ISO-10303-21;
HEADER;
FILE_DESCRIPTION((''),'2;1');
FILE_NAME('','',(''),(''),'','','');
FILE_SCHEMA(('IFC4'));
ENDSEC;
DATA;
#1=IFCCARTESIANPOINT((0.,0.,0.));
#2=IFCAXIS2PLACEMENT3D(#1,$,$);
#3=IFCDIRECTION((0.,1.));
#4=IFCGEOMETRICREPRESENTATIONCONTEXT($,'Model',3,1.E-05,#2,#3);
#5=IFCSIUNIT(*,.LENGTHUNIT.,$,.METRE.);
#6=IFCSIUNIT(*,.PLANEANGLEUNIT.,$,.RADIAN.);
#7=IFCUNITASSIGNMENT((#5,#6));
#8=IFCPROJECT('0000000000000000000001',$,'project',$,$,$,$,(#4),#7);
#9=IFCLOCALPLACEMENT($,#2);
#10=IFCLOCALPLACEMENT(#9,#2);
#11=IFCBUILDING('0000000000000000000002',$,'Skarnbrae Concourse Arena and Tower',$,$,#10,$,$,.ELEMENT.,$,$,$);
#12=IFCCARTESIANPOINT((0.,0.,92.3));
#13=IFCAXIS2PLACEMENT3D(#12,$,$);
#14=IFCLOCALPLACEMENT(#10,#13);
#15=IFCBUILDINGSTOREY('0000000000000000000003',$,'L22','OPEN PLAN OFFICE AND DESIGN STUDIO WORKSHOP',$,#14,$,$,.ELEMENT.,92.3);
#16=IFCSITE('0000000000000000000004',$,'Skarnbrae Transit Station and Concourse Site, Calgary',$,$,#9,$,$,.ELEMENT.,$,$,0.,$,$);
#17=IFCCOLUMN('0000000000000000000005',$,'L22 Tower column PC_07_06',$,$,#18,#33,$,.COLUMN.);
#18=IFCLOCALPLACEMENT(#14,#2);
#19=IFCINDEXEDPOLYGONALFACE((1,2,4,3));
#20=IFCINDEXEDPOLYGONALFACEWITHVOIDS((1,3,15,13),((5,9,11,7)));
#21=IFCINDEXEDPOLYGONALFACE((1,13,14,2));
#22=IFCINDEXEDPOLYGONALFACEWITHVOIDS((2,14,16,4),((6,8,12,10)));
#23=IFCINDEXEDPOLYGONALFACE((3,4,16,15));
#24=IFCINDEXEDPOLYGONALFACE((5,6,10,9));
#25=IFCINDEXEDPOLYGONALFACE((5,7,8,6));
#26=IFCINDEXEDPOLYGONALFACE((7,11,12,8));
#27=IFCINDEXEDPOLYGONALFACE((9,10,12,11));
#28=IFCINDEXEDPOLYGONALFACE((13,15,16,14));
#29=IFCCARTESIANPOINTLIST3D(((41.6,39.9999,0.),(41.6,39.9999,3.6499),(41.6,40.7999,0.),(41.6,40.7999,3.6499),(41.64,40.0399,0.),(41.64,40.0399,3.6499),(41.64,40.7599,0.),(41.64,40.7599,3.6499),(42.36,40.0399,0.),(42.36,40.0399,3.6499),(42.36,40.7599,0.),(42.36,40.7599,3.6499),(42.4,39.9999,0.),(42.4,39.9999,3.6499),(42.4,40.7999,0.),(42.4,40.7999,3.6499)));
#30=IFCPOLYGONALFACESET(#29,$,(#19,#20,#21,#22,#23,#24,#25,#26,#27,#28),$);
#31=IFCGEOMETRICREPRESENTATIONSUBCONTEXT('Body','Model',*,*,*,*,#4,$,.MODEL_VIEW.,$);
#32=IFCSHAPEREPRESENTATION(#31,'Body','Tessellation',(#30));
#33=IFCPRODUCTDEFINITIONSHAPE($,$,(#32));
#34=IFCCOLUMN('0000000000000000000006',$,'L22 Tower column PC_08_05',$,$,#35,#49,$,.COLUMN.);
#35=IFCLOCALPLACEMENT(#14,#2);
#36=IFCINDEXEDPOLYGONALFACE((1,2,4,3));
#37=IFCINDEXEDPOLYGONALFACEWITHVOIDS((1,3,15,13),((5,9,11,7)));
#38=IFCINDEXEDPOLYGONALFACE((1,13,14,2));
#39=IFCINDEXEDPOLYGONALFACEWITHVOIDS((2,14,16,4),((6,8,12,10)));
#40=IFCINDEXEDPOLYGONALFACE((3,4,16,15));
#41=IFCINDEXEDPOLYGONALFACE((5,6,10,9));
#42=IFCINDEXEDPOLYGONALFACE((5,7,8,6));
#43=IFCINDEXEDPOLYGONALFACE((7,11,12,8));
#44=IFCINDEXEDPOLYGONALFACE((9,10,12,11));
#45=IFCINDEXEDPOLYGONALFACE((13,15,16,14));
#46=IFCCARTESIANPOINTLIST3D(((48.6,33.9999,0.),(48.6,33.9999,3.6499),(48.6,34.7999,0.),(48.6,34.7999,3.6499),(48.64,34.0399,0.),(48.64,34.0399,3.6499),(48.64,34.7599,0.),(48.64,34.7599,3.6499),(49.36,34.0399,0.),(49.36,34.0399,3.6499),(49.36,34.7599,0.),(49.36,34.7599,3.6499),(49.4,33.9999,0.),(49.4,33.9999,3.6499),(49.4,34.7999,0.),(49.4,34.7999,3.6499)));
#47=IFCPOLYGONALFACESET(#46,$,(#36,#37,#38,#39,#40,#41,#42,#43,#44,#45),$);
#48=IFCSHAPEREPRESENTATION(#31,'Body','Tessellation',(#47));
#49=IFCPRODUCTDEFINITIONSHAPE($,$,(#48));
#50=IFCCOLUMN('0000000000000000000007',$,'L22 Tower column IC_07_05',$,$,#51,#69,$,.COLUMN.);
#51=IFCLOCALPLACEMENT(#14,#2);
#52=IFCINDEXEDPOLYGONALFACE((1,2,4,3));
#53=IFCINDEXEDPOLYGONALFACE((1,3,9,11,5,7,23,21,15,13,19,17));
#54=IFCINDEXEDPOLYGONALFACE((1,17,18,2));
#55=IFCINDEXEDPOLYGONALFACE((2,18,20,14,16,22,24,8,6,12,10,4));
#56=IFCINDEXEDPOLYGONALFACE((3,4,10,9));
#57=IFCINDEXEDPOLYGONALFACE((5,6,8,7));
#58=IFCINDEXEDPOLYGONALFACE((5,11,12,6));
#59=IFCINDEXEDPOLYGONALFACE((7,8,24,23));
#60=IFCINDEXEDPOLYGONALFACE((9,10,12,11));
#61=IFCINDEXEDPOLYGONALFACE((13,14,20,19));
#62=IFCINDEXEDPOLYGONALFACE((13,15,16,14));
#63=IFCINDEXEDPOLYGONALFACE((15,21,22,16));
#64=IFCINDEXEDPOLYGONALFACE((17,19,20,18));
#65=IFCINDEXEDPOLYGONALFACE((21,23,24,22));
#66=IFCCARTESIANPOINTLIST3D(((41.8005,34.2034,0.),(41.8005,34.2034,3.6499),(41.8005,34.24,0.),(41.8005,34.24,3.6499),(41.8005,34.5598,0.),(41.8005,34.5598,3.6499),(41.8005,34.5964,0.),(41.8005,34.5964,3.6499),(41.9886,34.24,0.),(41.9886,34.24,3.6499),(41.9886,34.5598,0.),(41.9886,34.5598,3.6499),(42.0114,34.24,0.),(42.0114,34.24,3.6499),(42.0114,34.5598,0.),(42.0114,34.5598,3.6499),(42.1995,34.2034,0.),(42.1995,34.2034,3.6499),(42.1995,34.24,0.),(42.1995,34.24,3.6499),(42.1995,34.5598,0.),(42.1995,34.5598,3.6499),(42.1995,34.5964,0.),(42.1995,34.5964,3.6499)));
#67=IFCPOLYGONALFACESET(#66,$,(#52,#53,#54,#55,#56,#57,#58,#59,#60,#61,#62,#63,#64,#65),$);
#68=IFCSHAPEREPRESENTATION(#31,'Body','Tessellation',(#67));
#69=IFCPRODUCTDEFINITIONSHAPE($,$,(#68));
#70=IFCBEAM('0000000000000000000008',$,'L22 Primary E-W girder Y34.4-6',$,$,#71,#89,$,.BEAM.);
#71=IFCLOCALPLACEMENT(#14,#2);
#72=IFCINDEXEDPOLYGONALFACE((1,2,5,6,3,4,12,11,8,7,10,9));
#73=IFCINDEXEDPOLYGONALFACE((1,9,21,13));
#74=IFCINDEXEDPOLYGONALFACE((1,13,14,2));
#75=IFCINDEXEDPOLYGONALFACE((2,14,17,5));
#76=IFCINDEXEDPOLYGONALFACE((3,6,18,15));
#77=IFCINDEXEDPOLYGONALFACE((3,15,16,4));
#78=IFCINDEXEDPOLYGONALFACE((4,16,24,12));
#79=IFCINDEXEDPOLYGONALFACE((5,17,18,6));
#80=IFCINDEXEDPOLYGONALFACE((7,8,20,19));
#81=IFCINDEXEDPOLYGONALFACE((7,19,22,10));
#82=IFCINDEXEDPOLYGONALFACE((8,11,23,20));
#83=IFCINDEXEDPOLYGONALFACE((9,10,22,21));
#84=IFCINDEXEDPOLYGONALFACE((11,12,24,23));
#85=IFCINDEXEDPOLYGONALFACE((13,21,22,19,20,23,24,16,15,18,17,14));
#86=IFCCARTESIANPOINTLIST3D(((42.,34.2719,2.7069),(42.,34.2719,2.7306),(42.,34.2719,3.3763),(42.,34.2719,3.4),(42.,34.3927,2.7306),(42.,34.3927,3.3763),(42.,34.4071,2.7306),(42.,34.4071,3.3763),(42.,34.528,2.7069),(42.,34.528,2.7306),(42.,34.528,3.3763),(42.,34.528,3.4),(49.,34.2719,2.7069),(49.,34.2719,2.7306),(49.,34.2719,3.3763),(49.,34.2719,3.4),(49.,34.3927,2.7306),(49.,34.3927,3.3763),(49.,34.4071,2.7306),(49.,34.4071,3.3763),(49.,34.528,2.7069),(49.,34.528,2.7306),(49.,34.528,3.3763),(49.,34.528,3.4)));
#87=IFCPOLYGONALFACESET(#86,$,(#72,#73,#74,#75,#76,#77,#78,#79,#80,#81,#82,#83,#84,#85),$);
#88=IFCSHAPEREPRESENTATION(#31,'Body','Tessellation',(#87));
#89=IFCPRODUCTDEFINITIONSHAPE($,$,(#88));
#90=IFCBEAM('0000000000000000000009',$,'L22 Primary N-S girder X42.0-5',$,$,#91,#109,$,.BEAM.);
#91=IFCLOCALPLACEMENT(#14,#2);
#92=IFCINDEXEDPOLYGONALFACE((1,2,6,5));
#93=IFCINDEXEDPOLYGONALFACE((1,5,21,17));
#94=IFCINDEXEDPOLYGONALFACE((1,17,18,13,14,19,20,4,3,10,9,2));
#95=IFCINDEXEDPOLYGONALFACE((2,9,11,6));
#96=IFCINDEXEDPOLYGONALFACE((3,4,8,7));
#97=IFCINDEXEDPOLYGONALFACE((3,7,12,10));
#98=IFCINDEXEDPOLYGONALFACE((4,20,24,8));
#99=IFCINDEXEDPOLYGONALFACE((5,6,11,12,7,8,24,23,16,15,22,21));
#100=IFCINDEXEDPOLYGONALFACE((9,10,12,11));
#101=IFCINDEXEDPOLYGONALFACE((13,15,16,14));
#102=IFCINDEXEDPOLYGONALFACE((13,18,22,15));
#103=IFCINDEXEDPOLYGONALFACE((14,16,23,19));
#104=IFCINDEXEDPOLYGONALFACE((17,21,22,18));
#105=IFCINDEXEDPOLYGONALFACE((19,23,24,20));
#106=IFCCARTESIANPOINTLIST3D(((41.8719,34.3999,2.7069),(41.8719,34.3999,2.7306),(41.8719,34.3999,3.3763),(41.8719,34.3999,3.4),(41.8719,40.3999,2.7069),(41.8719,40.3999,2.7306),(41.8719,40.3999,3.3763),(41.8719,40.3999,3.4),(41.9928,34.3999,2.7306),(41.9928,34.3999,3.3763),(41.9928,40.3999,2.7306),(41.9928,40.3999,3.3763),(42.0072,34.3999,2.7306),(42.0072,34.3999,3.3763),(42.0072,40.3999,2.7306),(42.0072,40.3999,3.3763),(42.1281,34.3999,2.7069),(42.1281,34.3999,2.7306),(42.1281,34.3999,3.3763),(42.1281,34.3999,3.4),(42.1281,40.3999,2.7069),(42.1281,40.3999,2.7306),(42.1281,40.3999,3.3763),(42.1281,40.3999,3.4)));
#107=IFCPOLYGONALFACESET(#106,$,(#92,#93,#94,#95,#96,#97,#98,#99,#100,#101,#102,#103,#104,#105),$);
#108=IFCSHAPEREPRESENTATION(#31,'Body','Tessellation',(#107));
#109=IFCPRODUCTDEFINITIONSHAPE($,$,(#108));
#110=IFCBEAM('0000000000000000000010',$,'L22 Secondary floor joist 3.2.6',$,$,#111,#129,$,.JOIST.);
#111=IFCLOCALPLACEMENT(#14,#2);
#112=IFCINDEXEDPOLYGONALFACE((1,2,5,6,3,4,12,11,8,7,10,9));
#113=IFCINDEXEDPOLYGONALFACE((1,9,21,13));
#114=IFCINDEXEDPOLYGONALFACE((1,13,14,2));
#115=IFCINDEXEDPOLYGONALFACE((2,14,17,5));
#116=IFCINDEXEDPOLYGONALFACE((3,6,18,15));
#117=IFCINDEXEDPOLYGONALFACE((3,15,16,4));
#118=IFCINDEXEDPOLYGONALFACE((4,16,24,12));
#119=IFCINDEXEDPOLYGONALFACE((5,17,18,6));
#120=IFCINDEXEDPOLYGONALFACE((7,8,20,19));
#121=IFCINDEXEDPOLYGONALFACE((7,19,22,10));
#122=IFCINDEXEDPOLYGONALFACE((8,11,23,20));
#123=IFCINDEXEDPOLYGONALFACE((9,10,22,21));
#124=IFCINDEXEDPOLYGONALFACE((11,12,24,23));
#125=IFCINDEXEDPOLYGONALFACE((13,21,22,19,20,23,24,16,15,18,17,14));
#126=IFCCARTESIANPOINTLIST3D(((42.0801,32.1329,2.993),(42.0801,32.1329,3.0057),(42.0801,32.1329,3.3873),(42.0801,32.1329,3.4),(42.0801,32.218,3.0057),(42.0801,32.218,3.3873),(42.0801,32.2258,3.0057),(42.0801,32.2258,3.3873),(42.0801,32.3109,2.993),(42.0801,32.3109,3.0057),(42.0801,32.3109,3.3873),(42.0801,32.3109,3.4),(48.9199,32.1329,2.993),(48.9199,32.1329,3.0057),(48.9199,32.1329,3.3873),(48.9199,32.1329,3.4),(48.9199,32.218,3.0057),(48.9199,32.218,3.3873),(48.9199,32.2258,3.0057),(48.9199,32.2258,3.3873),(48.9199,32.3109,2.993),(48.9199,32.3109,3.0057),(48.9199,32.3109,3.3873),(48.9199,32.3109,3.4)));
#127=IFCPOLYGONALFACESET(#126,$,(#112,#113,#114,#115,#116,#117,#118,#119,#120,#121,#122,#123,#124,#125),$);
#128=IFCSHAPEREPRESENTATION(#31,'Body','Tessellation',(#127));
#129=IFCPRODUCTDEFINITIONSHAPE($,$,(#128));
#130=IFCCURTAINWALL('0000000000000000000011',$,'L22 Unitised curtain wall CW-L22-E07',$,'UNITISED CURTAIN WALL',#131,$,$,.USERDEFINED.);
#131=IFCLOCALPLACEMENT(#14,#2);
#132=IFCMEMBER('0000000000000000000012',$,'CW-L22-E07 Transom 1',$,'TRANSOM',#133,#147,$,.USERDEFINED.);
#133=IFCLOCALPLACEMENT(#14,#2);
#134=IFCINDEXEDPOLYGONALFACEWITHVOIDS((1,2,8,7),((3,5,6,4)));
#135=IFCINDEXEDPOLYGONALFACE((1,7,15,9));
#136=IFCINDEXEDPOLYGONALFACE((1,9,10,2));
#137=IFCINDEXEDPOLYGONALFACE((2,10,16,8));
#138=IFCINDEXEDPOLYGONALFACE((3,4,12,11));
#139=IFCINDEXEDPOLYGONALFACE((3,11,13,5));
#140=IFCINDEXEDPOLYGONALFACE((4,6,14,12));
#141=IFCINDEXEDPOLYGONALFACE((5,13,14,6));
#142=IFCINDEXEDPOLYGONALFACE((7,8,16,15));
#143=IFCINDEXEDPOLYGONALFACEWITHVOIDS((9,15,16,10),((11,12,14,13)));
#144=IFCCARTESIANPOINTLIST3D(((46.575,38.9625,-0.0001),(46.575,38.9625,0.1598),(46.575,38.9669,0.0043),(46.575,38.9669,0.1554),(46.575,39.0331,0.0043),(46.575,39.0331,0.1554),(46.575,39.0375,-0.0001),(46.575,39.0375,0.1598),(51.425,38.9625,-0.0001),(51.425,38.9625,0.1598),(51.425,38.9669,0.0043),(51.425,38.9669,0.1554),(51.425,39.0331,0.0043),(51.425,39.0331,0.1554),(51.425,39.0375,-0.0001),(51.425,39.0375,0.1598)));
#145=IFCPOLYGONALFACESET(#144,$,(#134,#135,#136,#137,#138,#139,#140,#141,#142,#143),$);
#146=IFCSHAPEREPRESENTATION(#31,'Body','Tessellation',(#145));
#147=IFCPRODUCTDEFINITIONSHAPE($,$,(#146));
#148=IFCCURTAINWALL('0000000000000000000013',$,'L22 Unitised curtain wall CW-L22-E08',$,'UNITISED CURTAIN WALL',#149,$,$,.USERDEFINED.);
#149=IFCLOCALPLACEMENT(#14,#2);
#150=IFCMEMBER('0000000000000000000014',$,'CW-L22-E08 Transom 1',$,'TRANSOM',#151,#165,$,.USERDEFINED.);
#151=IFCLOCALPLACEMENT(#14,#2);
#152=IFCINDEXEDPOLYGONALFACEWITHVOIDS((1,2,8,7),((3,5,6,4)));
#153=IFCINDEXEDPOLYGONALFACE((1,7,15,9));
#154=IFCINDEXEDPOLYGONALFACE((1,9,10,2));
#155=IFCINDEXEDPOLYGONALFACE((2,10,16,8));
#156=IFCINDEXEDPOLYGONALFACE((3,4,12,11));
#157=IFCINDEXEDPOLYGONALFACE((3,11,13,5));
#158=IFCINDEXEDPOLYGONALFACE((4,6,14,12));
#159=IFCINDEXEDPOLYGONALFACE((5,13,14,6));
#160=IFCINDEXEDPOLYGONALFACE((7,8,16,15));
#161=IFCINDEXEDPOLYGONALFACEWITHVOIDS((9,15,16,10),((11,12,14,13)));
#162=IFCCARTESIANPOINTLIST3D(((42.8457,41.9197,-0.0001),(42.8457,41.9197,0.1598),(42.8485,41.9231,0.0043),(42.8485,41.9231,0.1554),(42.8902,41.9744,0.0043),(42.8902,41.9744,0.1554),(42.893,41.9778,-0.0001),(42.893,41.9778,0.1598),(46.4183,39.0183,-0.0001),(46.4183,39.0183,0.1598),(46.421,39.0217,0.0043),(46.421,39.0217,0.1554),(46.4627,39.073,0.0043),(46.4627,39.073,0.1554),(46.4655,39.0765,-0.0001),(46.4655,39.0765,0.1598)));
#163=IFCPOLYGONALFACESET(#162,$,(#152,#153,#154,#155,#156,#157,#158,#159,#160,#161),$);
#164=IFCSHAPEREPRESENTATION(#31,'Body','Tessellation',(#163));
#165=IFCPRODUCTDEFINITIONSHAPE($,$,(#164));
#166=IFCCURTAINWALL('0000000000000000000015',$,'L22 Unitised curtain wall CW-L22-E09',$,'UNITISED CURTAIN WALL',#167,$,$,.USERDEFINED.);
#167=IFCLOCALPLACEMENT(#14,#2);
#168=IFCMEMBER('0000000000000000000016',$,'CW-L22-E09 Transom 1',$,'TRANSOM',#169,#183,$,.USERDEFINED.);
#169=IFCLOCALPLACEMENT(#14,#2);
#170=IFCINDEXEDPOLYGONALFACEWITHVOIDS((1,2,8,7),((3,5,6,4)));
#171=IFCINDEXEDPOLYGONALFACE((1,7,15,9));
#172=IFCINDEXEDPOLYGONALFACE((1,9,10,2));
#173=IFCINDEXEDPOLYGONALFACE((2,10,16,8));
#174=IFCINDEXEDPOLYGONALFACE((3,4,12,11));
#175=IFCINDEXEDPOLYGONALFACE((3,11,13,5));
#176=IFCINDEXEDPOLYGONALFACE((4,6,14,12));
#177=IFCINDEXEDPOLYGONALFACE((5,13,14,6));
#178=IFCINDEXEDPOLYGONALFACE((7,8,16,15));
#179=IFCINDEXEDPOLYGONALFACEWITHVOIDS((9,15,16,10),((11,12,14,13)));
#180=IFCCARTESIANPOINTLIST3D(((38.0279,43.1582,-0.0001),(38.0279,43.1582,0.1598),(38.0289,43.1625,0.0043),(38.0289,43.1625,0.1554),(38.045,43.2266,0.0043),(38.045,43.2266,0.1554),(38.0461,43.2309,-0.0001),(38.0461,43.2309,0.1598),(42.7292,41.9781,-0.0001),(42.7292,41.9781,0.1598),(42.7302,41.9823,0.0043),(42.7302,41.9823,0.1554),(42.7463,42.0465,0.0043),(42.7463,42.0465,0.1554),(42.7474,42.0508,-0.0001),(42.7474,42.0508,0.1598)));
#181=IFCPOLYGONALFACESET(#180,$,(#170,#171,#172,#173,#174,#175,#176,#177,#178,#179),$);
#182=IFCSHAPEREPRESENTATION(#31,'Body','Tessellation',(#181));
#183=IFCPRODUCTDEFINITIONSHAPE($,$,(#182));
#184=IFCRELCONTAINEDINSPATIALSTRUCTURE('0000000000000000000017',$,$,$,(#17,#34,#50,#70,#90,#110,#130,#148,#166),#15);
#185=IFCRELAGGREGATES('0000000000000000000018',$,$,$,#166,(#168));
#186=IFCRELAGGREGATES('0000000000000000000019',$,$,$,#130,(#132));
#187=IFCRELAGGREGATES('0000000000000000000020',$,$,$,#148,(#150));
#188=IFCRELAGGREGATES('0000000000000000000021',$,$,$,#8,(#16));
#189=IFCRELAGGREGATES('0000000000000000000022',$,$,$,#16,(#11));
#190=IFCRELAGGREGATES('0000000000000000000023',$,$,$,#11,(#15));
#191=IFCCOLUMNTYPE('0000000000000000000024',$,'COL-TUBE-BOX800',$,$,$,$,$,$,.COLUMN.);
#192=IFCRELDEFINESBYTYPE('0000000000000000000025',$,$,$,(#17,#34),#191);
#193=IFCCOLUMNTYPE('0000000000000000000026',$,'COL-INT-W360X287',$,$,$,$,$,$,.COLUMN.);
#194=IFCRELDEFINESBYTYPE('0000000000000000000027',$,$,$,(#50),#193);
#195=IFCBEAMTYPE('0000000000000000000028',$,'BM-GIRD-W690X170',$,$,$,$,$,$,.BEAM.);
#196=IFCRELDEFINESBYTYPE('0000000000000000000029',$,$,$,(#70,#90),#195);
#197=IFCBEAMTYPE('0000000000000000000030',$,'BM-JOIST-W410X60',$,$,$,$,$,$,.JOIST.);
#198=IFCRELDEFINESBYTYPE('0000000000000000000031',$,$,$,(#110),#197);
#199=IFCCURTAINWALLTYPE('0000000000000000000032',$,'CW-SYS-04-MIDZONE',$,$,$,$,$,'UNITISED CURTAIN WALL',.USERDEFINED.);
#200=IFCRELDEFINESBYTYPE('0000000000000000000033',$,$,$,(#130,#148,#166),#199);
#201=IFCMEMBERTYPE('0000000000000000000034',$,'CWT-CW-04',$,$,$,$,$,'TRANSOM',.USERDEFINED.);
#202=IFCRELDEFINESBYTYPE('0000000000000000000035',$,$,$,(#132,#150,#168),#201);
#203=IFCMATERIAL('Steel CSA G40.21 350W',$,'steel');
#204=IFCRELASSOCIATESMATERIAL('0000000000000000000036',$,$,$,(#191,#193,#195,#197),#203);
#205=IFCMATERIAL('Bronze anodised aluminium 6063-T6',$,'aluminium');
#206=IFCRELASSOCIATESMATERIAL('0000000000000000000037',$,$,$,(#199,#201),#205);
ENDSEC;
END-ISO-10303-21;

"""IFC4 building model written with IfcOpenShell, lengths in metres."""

from ifc_helpers import new_model, si_unit, direction, frame, origin, origin_2d, place, context, subcontext, project, spatial, hollow_rectangle, i_section, extrude, source, transform, mapped, material, material_profile, profile_set, type_object, element, aggregate, save


model = new_model("IFC4")

# Units and contexts
model_context = context("Model", 3, precision=1e-05, world=origin(), true_north=direction((0.0, 1.0)))
body_context = subcontext(model_context, "Body", "Model", "MODEL_VIEW")
ifc_project = project(units=[si_unit("LENGTHUNIT", "METRE"), si_unit("PLANEANGLEUNIT", "RADIAN")], contexts=[model_context])

# Site, building, storey
site_placement = place(None, origin())
site = spatial("IfcSite", under=ifc_project, at=site_placement, Name="Skarnbrae Transit Station and Concourse Site, Calgary", CompositionType="ELEMENT", RefElevation=0.0)
building_placement = place(site_placement, origin())
building = spatial("IfcBuilding", under=site, at=building_placement, Name="Skarnbrae Concourse Arena and Tower", CompositionType="ELEMENT")
storey_placement = place(building_placement, frame((0.0, 0.0, 92.3)))
storey = spatial("IfcBuildingStorey", under=building, at=storey_placement, Name="L22", Description="OPEN PLAN OFFICE AND DESIGN STUDIO WORKSHOP", CompositionType="ELEMENT", Elevation=92.3)

# Columns
ifc_material_1 = material(Name="Steel CSA G40.21 350W", Category="steel")
ifc_material_profile_1 = material_profile(ifc_material_1, hollow_rectangle(XDim=0.8, YDim=0.8, WallThickness=0.04, at=origin_2d()), Name="BOX800X800X40")
ifc_profile_set_1 = profile_set([ifc_material_profile_1], Name="Steel CSA G40.21 350W")
column_type_1 = type_object("IfcColumnType", Name="COL-TUBE-BOX800", PredefinedType="COLUMN", material=ifc_profile_set_1)
shared_shape_1 = source(origin(), body_context, "Body", "SweptSolid", [
    extrude(hollow_rectangle(XDim=0.8, YDim=0.8, WallThickness=0.04, at=origin_2d()), origin(), (0.0, 0.0, 1.0), 3.6499),
])
for number, where, z_axis, x_axis, name in (
    (1, (42.0, 40.3999, 0.0), (0.0, 0.0, 1.0), (1.0, 0.0, 0.0), "L22 Tower column PC_07_06"),
    (2, (49.0, 34.3999, 0.0), (0.0, 0.0, 1.0), (1.0, 0.0, 0.0), "L22 Tower column PC_08_05"),
):
    element("IfcColumn", number, at=place(storey_placement, frame(where, z_axis=z_axis, x_axis=x_axis)), inside=storey, type_object=column_type_1, Name=name, PredefinedType="COLUMN", context=body_context, shape_type="MappedRepresentation", body=[
        mapped(shared_shape_1, transform((0.0, 0.0, 0.0))),
    ])
ifc_material_profile_2 = material_profile(ifc_material_1, i_section(OverallWidth=0.3989, OverallDepth=0.3931, WebThickness=0.0227, FlangeThickness=0.0366, at=origin_2d()), Name="W360X287")
ifc_profile_set_2 = profile_set([ifc_material_profile_2], Name="Steel CSA G40.21 350W")
column_type_2 = type_object("IfcColumnType", Name="COL-INT-W360X287", PredefinedType="COLUMN", material=ifc_profile_set_2)
shared_shape_2 = source(origin(), body_context, "Body", "SweptSolid", [
    extrude(i_section(OverallWidth=0.3989, OverallDepth=0.3931, WebThickness=0.0227, FlangeThickness=0.0366, at=origin_2d()), origin(), (0.0, 0.0, 1.0), 3.6499),
])
column_placement = place(storey_placement, frame((42.0, 34.3999, 0.0), z_axis=(0.0, 0.0, 1.0), x_axis=(1.0, 0.0, 0.0)))
element("IfcColumn", 3, at=column_placement, inside=storey, type_object=column_type_2, Name="L22 Tower column IC_07_05", PredefinedType="COLUMN", context=body_context, shape_type="MappedRepresentation", body=[
    mapped(shared_shape_2, transform((0.0, 0.0, 0.0))),
])

# Beams
ifc_material_profile_3 = material_profile(ifc_material_1, i_section(OverallWidth=0.2561, OverallDepth=0.6931, WebThickness=0.0144, FlangeThickness=0.0237, at=origin_2d()), Name="W690X170")
ifc_profile_set_3 = profile_set([ifc_material_profile_3], Name="Steel CSA G40.21 350W")
beam_type_1 = type_object("IfcBeamType", Name="BM-GIRD-W690X170", PredefinedType="BEAM", material=ifc_profile_set_3)
shared_shape_3 = source(origin(), body_context, "Body", "SweptSolid", [
    extrude(i_section(OverallWidth=0.2561, OverallDepth=0.6931, WebThickness=0.0144, FlangeThickness=0.0237, at=origin_2d()), origin(), (0.0, 0.0, 1.0), 7.0),
])
beam_1_placement = place(storey_placement, frame((42.0, 34.3999, 3.0535), z_axis=(1.0, 0.0, 0.0), x_axis=(0.0, 1.0, 0.0)))
element("IfcBeam", 4, at=beam_1_placement, inside=storey, type_object=beam_type_1, Name="L22 Primary E-W girder Y34.4-6", PredefinedType="BEAM", context=body_context, shape_type="MappedRepresentation", body=[
    mapped(shared_shape_3, transform((0.0, 0.0, 0.0))),
])
shared_shape_4 = source(origin(), body_context, "Body", "SweptSolid", [
    extrude(i_section(OverallWidth=0.2561, OverallDepth=0.6931, WebThickness=0.0144, FlangeThickness=0.0237, at=origin_2d()), origin(), (0.0, 0.0, 1.0), 6.0),
])
beam_2_placement = place(storey_placement, frame((42.0, 34.3999, 3.0535), z_axis=(0.0, 1.0, 0.0), x_axis=(-1.0, 0.0, 0.0)))
element("IfcBeam", 5, at=beam_2_placement, inside=storey, type_object=beam_type_1, Name="L22 Primary N-S girder X42.0-5", PredefinedType="BEAM", context=body_context, shape_type="MappedRepresentation", body=[
    mapped(shared_shape_4, transform((0.0, 0.0, 0.0))),
])
ifc_material_profile_4 = material_profile(ifc_material_1, i_section(OverallWidth=0.178, OverallDepth=0.407, WebThickness=0.0078, FlangeThickness=0.0127, at=origin_2d()), Name="W410X60")
ifc_profile_set_4 = profile_set([ifc_material_profile_4], Name="Steel CSA G40.21 350W")
beam_type_2 = type_object("IfcBeamType", Name="BM-JOIST-W410X60", PredefinedType="JOIST", material=ifc_profile_set_4)
shared_shape_5 = source(origin(), body_context, "Body", "SweptSolid", [
    extrude(i_section(OverallWidth=0.178, OverallDepth=0.407, WebThickness=0.0078, FlangeThickness=0.0127, at=origin_2d()), origin(), (0.0, 0.0, 1.0), 6.8398),
])
beam_3_placement = place(storey_placement, frame((42.0801, 32.2219, 3.1965), z_axis=(1.0, 0.0, 0.0), x_axis=(0.0, 1.0, 0.0)))
element("IfcBeam", 6, at=beam_3_placement, inside=storey, type_object=beam_type_2, Name="L22 Secondary floor joist 3.2.6", PredefinedType="JOIST", context=body_context, shape_type="MappedRepresentation", body=[
    mapped(shared_shape_5, transform((0.0, 0.0, 0.0))),
])

# Curtain walls, members
ifc_material_2 = material(Name="Bronze anodised aluminium 6063-T6", Category="aluminium")
curtain_wall_type = type_object("IfcCurtainWallType", Name="CW-SYS-04-MIDZONE", ElementType="UNITISED CURTAIN WALL", PredefinedType="USERDEFINED", material=ifc_material_2)
curtain_wall_1_placement = place(storey_placement, origin())
curtain_wall_1 = element("IfcCurtainWall", 7, at=curtain_wall_1_placement, inside=storey, type_object=curtain_wall_type, Name="L22 Unitised curtain wall CW-L22-E07", ObjectType="UNITISED CURTAIN WALL", PredefinedType="USERDEFINED")
ifc_material_profile_5 = material_profile(ifc_material_2, hollow_rectangle(XDim=0.075, YDim=0.1599, WallThickness=0.0044, at=origin_2d()), Name="ALU-TRAN-75X160")
ifc_profile_set_5 = profile_set([ifc_material_profile_5], Name="Bronze anodised aluminium 6063-T6")
member_type_1 = type_object("IfcMemberType", Name="CWT-CW-04", ElementType="TRANSOM", PredefinedType="USERDEFINED", material=ifc_profile_set_5)
shared_shape_6 = source(origin(), body_context, "Body", "SweptSolid", [
    extrude(hollow_rectangle(XDim=0.075, YDim=0.1599, WallThickness=0.0044, at=origin_2d()), origin(), (0.0, 0.0, 1.0), 4.8501),
])
member_1_placement = place(storey_placement, frame((51.425, 39.0, 0.0798), z_axis=(-1.0, 0.0, 0.0), x_axis=(0.0, -1.0, 0.0)))
member_1 = element("IfcMember", 8, at=member_1_placement, type_object=member_type_1, Name="CW-L22-E07 Transom 1", ObjectType="TRANSOM", PredefinedType="USERDEFINED", context=body_context, shape_type="MappedRepresentation", body=[
    mapped(shared_shape_6, transform((0.0, 0.0, 0.0))),
])
curtain_wall_2_placement = place(storey_placement, origin())
curtain_wall_2 = element("IfcCurtainWall", 9, at=curtain_wall_2_placement, inside=storey, type_object=curtain_wall_type, Name="L22 Unitised curtain wall CW-L22-E08", ObjectType="UNITISED CURTAIN WALL", PredefinedType="USERDEFINED")
shared_shape_7 = source(origin(), body_context, "Body", "SweptSolid", [
    extrude(hollow_rectangle(XDim=0.075, YDim=0.1599, WallThickness=0.0044, at=origin_2d()), origin(), (0.0, 0.0, 1.0), 4.6023),
])
member_2_placement = place(storey_placement, frame((46.4419, 39.0474, 0.0798), z_axis=(-0.776252, 0.630423, 0.0), x_axis=(-0.630423, -0.776252, 0.0)))
member_2 = element("IfcMember", 10, at=member_2_placement, type_object=member_type_1, Name="CW-L22-E08 Transom 1", ObjectType="TRANSOM", PredefinedType="USERDEFINED", context=body_context, shape_type="MappedRepresentation", body=[
    mapped(shared_shape_7, transform((0.0, 0.0, 0.0))),
])
curtain_wall_3_placement = place(storey_placement, origin())
curtain_wall_3 = element("IfcCurtainWall", 11, at=curtain_wall_3_placement, inside=storey, type_object=curtain_wall_type, Name="L22 Unitised curtain wall CW-L22-E09", ObjectType="UNITISED CURTAIN WALL", PredefinedType="USERDEFINED")
shared_shape_8 = source(origin(), body_context, "Body", "SweptSolid", [
    extrude(hollow_rectangle(XDim=0.075, YDim=0.1599, WallThickness=0.0044, at=origin_2d()), origin(), (0.0, 0.0, 1.0), 4.8472),
])
member_3_placement = place(storey_placement, frame((42.7383, 42.0144, 0.0798), z_axis=(-0.969908, 0.243472, 0.0), x_axis=(-0.243472, -0.969908, 0.0)))
member_3 = element("IfcMember", 12, at=member_3_placement, type_object=member_type_1, Name="CW-L22-E09 Transom 1", ObjectType="TRANSOM", PredefinedType="USERDEFINED", context=body_context, shape_type="MappedRepresentation", body=[
    mapped(shared_shape_8, transform((0.0, 0.0, 0.0))),
])

aggregate(curtain_wall_3, [member_3])

aggregate(curtain_wall_1, [member_1])
aggregate(curtain_wall_2, [member_2])

save(model, "model.ifc")
